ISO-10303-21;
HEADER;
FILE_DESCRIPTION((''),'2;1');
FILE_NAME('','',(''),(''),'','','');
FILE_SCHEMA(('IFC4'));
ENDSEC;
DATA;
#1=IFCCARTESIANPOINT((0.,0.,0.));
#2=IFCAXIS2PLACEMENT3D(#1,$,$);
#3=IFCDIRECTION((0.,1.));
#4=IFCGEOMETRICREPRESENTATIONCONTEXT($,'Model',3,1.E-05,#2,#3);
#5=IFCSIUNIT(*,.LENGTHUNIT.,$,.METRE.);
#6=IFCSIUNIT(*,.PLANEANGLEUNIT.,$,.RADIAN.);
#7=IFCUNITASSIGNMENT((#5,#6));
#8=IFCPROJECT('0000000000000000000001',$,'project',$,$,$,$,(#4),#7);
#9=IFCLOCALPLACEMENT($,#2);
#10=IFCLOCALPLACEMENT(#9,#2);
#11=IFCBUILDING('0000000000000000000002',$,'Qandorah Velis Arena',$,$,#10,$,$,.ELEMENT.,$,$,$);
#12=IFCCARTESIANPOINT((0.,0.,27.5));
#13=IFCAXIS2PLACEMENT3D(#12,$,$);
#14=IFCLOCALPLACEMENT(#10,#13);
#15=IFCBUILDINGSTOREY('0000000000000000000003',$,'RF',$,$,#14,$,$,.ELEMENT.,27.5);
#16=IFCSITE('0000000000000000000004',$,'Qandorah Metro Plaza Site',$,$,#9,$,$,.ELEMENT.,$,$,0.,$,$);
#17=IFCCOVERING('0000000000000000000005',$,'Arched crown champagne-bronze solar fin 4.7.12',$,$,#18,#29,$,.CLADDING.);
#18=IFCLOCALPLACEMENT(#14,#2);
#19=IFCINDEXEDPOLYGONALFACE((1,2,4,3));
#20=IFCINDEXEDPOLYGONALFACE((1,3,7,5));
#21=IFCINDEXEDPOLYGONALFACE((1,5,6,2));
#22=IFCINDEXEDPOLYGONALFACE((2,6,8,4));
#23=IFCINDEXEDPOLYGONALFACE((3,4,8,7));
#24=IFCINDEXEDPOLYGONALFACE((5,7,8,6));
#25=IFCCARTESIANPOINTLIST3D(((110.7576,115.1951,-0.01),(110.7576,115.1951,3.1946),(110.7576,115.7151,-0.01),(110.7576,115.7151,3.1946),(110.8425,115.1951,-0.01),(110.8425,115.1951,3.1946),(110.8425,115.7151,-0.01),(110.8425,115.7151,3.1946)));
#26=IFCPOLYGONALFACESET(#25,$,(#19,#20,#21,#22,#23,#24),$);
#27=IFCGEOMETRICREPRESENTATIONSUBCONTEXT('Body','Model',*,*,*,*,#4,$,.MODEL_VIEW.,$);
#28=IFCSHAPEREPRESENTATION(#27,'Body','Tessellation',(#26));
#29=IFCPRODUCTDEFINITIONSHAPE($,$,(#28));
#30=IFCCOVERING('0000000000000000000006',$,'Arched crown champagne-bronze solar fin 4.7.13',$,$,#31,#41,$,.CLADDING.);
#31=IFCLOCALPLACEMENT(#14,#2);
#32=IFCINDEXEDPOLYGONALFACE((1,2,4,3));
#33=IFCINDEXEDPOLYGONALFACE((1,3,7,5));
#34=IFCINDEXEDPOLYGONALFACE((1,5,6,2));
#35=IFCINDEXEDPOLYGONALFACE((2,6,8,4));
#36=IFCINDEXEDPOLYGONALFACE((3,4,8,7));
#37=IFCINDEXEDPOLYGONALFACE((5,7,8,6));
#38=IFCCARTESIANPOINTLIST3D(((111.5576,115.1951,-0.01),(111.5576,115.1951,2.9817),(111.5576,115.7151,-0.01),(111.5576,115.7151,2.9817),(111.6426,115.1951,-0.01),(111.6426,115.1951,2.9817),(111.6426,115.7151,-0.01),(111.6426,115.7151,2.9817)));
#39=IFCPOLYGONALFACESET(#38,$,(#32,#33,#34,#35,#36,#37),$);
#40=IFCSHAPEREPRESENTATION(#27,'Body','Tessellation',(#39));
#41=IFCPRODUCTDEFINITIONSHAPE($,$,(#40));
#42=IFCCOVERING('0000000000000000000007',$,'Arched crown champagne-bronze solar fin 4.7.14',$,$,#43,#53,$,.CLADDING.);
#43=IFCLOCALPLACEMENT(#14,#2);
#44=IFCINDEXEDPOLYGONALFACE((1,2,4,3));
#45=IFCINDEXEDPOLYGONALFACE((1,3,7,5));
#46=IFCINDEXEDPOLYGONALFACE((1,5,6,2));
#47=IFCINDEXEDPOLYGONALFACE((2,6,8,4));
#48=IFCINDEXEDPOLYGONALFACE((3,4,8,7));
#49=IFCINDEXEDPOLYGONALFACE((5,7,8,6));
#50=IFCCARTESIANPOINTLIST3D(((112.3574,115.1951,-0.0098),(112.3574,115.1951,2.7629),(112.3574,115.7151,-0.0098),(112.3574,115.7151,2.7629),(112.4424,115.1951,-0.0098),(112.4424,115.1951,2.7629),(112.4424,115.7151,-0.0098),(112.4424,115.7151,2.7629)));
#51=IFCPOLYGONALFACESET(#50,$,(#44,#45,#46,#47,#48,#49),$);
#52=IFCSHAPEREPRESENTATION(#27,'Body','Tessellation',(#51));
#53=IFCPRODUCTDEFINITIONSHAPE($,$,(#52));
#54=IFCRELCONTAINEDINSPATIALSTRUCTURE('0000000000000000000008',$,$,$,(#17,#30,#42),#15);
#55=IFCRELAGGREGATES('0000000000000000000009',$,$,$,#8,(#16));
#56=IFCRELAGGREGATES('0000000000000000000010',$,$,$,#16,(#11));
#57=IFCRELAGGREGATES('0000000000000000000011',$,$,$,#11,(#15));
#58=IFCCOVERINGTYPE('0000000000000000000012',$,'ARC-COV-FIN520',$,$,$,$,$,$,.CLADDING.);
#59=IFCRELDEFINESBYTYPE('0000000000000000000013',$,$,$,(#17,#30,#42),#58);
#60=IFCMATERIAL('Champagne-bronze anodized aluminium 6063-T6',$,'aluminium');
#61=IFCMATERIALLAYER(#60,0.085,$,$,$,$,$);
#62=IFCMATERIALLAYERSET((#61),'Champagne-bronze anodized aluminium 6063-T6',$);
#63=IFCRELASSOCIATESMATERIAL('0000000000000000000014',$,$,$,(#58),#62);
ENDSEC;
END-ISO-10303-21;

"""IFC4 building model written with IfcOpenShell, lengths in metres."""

from ifc_helpers import new_model, si_unit, direction, frame, origin, origin_2d, place, context, subcontext, project, spatial, rectangle, extrude, material, layer, layer_set, type_object, element, save


model = new_model("IFC4")

# Units and contexts
model_context = context("Model", 3, precision=1e-05, world=origin(), true_north=direction((0.0, 1.0)))
body_context = subcontext(model_context, "Body", "Model", "MODEL_VIEW")
ifc_project = project(units=[si_unit("LENGTHUNIT", "METRE"), si_unit("PLANEANGLEUNIT", "RADIAN")], contexts=[model_context])

# Site, building, storey
site_placement = place(None, origin())
site = spatial("IfcSite", under=ifc_project, at=site_placement, Name="Qandorah Metro Plaza Site", CompositionType="ELEMENT", RefElevation=0.0)
building_placement = place(site_placement, origin())
building = spatial("IfcBuilding", under=site, at=building_placement, Name="Qandorah Velis Arena", CompositionType="ELEMENT")
storey_placement = place(building_placement, frame((0.0, 0.0, 27.5)))
storey = spatial("IfcBuildingStorey", under=building, at=storey_placement, Name="RF", CompositionType="ELEMENT", Elevation=27.5)

# Shared definitions
ifc_material_1 = material(Name="Champagne-bronze anodized aluminium 6063-T6", Category="aluminium")

# Coverings
ifc_layer_1 = layer(ifc_material_1, 0.085)
ifc_layer_set_1 = layer_set([ifc_layer_1], Name="Champagne-bronze anodized aluminium 6063-T6")
covering_type = type_object("IfcCoveringType", Name="ARC-COV-FIN520", PredefinedType="CLADDING", material=ifc_layer_set_1)
covering_1_placement = place(storey_placement, frame((110.8, 115.4551, -0.01), z_axis=(0.0, 0.0, 1.0), x_axis=(1.0, 0.0, 0.0)))
element("IfcCovering", 1, at=covering_1_placement, inside=storey, type_object=covering_type, Name="Arched crown champagne-bronze solar fin 4.7.12", PredefinedType="CLADDING", context=body_context, shape_type="SweptSolid", body=[
    extrude(rectangle(XDim=0.085, YDim=0.52, at=origin_2d()), origin(), (0.0, 0.0, 1.0), 3.2046),
])
covering_2_placement = place(storey_placement, frame((111.6001, 115.4551, -0.01), z_axis=(0.0, 0.0, 1.0), x_axis=(1.0, 0.0, 0.0)))
element("IfcCovering", 2, at=covering_2_placement, inside=storey, type_object=covering_type, Name="Arched crown champagne-bronze solar fin 4.7.13", PredefinedType="CLADDING", context=body_context, shape_type="SweptSolid", body=[
    extrude(rectangle(XDim=0.085, YDim=0.52, at=origin_2d()), origin(), (0.0, 0.0, 1.0), 2.9917),
])
covering_3_placement = place(storey_placement, frame((112.3999, 115.4551, -0.0098), z_axis=(0.0, 0.0, 1.0), x_axis=(1.0, 0.0, 0.0)))
element("IfcCovering", 3, at=covering_3_placement, inside=storey, type_object=covering_type, Name="Arched crown champagne-bronze solar fin 4.7.14", PredefinedType="CLADDING", context=body_context, shape_type="SweptSolid", body=[
    extrude(rectangle(XDim=0.085, YDim=0.52, at=origin_2d()), origin(), (0.0, 0.0, 1.0), 2.7727),
])

save(model, "model.ifc")
